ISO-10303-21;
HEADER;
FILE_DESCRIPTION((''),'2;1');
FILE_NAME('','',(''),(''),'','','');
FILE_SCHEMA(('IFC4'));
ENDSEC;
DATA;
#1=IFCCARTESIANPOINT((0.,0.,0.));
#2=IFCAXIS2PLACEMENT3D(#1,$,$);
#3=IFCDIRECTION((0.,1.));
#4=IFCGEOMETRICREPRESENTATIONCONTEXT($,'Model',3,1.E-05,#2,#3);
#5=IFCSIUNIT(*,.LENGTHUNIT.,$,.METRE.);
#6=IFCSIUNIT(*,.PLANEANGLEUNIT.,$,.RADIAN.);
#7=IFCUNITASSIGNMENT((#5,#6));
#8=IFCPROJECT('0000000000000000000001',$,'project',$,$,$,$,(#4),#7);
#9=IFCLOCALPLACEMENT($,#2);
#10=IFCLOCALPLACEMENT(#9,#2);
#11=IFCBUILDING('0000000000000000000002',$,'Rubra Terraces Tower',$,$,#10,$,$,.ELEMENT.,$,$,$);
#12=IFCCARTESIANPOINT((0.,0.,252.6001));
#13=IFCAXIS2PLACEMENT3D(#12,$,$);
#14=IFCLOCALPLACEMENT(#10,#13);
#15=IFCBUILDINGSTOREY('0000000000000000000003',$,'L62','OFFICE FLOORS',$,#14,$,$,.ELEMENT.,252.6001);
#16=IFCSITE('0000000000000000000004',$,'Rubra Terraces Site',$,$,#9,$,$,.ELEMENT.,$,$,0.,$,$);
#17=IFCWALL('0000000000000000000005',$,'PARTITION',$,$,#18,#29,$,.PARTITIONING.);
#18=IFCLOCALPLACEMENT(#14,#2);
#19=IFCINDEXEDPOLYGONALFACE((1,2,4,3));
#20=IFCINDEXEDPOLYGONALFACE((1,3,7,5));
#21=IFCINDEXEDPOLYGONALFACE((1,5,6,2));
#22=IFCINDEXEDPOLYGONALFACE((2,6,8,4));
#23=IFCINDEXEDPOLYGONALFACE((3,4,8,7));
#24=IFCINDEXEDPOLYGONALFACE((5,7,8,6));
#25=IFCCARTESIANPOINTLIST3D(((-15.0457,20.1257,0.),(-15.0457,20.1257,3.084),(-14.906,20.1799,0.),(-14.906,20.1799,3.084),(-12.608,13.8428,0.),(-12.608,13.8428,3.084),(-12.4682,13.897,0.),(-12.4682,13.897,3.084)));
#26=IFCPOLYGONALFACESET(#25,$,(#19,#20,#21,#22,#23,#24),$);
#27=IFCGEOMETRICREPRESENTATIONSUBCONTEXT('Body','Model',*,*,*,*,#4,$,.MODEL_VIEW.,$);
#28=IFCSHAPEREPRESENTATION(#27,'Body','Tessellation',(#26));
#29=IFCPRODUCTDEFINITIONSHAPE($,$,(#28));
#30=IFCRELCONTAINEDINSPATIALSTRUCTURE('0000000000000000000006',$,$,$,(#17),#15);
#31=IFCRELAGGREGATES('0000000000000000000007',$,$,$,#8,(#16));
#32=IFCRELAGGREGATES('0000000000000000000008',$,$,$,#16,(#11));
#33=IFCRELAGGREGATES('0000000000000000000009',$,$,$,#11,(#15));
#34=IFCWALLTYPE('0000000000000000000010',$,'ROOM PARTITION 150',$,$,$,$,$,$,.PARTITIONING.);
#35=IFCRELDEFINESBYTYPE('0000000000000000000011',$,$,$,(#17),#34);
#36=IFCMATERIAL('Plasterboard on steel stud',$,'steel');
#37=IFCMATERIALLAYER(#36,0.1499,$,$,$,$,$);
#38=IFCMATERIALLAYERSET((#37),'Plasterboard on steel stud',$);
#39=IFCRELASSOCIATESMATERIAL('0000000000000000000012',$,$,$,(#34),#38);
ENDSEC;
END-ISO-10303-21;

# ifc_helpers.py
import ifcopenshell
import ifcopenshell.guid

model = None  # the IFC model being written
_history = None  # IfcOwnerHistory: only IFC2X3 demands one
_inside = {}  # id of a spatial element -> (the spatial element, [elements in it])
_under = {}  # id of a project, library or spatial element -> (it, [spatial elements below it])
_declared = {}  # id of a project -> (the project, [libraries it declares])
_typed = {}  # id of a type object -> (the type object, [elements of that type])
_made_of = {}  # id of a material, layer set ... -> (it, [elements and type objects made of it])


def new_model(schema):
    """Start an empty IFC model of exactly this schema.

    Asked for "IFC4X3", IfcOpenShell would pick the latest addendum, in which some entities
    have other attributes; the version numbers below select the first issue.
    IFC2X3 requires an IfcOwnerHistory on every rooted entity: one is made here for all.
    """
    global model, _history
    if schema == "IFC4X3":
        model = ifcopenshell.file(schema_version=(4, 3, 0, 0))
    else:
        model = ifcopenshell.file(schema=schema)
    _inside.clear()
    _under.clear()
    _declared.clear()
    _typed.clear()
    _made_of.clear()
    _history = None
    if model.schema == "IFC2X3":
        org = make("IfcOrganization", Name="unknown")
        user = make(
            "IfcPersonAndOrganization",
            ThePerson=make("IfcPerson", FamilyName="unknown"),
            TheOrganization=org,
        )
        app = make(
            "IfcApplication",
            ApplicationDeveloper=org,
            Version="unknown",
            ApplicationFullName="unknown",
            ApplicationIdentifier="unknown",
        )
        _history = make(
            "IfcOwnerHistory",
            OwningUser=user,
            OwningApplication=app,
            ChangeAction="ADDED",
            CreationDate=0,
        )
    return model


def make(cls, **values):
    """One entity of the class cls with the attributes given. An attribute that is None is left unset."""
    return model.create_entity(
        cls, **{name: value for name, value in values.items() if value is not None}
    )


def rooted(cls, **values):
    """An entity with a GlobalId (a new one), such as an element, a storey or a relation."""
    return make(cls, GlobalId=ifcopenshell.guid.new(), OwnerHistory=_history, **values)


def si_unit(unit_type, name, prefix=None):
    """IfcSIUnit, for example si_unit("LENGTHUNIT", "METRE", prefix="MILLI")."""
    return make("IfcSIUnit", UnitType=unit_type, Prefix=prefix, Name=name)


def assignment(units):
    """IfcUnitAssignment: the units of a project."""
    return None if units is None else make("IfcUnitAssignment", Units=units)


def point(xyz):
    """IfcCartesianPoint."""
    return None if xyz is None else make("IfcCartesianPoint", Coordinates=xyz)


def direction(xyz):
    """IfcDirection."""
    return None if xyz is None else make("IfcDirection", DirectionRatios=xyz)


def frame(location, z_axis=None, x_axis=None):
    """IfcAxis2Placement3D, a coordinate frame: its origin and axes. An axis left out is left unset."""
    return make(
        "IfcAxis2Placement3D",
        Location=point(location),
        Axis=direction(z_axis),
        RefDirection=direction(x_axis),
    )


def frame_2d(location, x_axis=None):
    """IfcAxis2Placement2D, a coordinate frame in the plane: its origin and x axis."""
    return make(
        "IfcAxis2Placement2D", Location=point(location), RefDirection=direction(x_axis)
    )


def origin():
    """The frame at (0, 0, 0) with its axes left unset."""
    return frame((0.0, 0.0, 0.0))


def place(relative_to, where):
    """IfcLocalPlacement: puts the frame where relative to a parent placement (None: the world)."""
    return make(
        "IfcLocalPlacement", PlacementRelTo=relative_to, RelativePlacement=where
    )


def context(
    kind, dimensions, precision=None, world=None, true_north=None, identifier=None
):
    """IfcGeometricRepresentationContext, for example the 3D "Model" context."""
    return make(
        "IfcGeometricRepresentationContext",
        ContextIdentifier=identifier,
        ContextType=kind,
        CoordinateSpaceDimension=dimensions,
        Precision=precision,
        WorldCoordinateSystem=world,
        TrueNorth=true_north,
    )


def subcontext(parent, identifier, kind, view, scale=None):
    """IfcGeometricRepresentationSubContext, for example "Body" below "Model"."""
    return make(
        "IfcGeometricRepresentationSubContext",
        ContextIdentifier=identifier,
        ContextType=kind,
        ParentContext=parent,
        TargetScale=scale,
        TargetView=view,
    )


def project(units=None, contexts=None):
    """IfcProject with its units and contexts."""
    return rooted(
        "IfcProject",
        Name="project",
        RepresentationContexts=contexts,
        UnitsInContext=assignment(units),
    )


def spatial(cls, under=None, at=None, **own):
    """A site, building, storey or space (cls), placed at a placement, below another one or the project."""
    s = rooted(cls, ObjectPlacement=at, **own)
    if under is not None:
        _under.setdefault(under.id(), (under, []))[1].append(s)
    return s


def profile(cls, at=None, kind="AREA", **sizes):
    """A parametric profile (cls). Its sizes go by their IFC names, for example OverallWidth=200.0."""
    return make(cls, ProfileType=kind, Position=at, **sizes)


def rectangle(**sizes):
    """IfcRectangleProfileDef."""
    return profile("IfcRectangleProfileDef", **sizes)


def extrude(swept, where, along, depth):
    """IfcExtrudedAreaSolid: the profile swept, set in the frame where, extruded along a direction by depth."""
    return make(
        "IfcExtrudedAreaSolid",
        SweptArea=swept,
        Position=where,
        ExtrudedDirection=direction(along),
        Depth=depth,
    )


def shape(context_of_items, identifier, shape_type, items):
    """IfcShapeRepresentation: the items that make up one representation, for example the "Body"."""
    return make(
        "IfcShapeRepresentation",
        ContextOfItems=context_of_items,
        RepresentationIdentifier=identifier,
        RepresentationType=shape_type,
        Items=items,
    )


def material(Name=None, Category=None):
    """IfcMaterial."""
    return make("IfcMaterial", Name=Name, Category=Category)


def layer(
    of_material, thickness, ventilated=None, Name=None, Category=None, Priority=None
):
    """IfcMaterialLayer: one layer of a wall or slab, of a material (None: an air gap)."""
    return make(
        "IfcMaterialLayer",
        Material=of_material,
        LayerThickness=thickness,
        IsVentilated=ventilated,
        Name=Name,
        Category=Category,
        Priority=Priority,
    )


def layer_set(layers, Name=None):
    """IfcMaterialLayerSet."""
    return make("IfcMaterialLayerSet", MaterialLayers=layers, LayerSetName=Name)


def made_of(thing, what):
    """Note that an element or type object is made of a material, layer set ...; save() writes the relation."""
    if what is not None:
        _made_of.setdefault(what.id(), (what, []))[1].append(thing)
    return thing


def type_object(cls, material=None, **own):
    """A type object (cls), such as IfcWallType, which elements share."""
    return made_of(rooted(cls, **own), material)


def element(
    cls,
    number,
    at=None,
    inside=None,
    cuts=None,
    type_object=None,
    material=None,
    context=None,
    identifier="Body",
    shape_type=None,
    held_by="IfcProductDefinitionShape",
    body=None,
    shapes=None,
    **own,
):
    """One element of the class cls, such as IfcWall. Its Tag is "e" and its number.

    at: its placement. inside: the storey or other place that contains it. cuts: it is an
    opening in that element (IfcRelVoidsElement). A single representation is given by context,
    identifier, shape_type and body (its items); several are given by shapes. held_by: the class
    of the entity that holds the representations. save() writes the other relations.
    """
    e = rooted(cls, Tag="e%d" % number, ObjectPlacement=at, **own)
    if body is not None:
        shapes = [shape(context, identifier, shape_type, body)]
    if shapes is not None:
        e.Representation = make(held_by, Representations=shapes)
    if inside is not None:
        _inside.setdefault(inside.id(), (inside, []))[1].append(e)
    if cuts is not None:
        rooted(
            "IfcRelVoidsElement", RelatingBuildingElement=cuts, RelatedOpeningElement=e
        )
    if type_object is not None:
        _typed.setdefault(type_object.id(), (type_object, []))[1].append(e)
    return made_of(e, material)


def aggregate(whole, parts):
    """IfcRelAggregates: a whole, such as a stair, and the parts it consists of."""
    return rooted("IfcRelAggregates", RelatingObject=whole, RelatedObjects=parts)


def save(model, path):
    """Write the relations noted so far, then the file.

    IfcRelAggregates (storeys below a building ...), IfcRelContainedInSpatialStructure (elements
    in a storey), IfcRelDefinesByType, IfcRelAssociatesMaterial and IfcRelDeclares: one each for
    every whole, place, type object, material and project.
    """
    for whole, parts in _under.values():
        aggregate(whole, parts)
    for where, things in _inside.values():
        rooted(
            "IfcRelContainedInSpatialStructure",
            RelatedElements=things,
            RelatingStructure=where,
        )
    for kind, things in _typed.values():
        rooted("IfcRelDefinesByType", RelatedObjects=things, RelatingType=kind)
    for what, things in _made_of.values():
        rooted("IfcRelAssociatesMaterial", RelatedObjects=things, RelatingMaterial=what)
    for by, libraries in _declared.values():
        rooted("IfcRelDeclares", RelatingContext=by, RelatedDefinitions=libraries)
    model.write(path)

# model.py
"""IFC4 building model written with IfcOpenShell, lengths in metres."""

from ifc_helpers import new_model, si_unit, direction, frame, frame_2d, origin, place, context, subcontext, project, spatial, rectangle, extrude, material, layer, layer_set, type_object, element, save


model = new_model("IFC4")

# Units and contexts
model_context = context("Model", 3, precision=1e-05, world=origin(), true_north=direction((0.0, 1.0)))
body_context = subcontext(model_context, "Body", "Model", "MODEL_VIEW")
ifc_project = project(units=[si_unit("LENGTHUNIT", "METRE"), si_unit("PLANEANGLEUNIT", "RADIAN")], contexts=[model_context])

# Site, building, storey
site_placement = place(None, origin())
site = spatial("IfcSite", under=ifc_project, at=site_placement, Name="Rubra Terraces Site", CompositionType="ELEMENT", RefElevation=0.0)
building_placement = place(site_placement, origin())
building = spatial("IfcBuilding", under=site, at=building_placement, Name="Rubra Terraces Tower", CompositionType="ELEMENT")
storey_placement = place(building_placement, frame((0.0, 0.0, 252.6001)))
storey = spatial("IfcBuildingStorey", under=building, at=storey_placement, Name="L62", Description="OFFICE FLOORS", CompositionType="ELEMENT", Elevation=252.6001)

# Wall
ifc_material_1 = material(Name="Plasterboard on steel stud", Category="steel")
ifc_layer_1 = layer(ifc_material_1, 0.1499)
ifc_layer_set_1 = layer_set([ifc_layer_1], Name="Plasterboard on steel stud")
wall_type_1 = type_object("IfcWallType", Name="ROOM PARTITION 150", PredefinedType="PARTITIONING", material=ifc_layer_set_1)
wall_1_placement = place(storey_placement, frame((-14.9758, 20.1528, 0.0), z_axis=(0.0, 0.0, 1.0), x_axis=(0.361721, -0.932287, 0.0)))
element("IfcWall", 1, at=wall_1_placement, inside=storey, type_object=wall_type_1, Name="PARTITION", PredefinedType="PARTITIONING", context=body_context, shape_type="SweptSolid", body=[
    extrude(rectangle(XDim=6.7393, YDim=0.1499, at=frame_2d((3.3696, 0.0))), origin(), (0.0, 0.0, 1.0), 3.084),
])

save(model, "model.ifc")
